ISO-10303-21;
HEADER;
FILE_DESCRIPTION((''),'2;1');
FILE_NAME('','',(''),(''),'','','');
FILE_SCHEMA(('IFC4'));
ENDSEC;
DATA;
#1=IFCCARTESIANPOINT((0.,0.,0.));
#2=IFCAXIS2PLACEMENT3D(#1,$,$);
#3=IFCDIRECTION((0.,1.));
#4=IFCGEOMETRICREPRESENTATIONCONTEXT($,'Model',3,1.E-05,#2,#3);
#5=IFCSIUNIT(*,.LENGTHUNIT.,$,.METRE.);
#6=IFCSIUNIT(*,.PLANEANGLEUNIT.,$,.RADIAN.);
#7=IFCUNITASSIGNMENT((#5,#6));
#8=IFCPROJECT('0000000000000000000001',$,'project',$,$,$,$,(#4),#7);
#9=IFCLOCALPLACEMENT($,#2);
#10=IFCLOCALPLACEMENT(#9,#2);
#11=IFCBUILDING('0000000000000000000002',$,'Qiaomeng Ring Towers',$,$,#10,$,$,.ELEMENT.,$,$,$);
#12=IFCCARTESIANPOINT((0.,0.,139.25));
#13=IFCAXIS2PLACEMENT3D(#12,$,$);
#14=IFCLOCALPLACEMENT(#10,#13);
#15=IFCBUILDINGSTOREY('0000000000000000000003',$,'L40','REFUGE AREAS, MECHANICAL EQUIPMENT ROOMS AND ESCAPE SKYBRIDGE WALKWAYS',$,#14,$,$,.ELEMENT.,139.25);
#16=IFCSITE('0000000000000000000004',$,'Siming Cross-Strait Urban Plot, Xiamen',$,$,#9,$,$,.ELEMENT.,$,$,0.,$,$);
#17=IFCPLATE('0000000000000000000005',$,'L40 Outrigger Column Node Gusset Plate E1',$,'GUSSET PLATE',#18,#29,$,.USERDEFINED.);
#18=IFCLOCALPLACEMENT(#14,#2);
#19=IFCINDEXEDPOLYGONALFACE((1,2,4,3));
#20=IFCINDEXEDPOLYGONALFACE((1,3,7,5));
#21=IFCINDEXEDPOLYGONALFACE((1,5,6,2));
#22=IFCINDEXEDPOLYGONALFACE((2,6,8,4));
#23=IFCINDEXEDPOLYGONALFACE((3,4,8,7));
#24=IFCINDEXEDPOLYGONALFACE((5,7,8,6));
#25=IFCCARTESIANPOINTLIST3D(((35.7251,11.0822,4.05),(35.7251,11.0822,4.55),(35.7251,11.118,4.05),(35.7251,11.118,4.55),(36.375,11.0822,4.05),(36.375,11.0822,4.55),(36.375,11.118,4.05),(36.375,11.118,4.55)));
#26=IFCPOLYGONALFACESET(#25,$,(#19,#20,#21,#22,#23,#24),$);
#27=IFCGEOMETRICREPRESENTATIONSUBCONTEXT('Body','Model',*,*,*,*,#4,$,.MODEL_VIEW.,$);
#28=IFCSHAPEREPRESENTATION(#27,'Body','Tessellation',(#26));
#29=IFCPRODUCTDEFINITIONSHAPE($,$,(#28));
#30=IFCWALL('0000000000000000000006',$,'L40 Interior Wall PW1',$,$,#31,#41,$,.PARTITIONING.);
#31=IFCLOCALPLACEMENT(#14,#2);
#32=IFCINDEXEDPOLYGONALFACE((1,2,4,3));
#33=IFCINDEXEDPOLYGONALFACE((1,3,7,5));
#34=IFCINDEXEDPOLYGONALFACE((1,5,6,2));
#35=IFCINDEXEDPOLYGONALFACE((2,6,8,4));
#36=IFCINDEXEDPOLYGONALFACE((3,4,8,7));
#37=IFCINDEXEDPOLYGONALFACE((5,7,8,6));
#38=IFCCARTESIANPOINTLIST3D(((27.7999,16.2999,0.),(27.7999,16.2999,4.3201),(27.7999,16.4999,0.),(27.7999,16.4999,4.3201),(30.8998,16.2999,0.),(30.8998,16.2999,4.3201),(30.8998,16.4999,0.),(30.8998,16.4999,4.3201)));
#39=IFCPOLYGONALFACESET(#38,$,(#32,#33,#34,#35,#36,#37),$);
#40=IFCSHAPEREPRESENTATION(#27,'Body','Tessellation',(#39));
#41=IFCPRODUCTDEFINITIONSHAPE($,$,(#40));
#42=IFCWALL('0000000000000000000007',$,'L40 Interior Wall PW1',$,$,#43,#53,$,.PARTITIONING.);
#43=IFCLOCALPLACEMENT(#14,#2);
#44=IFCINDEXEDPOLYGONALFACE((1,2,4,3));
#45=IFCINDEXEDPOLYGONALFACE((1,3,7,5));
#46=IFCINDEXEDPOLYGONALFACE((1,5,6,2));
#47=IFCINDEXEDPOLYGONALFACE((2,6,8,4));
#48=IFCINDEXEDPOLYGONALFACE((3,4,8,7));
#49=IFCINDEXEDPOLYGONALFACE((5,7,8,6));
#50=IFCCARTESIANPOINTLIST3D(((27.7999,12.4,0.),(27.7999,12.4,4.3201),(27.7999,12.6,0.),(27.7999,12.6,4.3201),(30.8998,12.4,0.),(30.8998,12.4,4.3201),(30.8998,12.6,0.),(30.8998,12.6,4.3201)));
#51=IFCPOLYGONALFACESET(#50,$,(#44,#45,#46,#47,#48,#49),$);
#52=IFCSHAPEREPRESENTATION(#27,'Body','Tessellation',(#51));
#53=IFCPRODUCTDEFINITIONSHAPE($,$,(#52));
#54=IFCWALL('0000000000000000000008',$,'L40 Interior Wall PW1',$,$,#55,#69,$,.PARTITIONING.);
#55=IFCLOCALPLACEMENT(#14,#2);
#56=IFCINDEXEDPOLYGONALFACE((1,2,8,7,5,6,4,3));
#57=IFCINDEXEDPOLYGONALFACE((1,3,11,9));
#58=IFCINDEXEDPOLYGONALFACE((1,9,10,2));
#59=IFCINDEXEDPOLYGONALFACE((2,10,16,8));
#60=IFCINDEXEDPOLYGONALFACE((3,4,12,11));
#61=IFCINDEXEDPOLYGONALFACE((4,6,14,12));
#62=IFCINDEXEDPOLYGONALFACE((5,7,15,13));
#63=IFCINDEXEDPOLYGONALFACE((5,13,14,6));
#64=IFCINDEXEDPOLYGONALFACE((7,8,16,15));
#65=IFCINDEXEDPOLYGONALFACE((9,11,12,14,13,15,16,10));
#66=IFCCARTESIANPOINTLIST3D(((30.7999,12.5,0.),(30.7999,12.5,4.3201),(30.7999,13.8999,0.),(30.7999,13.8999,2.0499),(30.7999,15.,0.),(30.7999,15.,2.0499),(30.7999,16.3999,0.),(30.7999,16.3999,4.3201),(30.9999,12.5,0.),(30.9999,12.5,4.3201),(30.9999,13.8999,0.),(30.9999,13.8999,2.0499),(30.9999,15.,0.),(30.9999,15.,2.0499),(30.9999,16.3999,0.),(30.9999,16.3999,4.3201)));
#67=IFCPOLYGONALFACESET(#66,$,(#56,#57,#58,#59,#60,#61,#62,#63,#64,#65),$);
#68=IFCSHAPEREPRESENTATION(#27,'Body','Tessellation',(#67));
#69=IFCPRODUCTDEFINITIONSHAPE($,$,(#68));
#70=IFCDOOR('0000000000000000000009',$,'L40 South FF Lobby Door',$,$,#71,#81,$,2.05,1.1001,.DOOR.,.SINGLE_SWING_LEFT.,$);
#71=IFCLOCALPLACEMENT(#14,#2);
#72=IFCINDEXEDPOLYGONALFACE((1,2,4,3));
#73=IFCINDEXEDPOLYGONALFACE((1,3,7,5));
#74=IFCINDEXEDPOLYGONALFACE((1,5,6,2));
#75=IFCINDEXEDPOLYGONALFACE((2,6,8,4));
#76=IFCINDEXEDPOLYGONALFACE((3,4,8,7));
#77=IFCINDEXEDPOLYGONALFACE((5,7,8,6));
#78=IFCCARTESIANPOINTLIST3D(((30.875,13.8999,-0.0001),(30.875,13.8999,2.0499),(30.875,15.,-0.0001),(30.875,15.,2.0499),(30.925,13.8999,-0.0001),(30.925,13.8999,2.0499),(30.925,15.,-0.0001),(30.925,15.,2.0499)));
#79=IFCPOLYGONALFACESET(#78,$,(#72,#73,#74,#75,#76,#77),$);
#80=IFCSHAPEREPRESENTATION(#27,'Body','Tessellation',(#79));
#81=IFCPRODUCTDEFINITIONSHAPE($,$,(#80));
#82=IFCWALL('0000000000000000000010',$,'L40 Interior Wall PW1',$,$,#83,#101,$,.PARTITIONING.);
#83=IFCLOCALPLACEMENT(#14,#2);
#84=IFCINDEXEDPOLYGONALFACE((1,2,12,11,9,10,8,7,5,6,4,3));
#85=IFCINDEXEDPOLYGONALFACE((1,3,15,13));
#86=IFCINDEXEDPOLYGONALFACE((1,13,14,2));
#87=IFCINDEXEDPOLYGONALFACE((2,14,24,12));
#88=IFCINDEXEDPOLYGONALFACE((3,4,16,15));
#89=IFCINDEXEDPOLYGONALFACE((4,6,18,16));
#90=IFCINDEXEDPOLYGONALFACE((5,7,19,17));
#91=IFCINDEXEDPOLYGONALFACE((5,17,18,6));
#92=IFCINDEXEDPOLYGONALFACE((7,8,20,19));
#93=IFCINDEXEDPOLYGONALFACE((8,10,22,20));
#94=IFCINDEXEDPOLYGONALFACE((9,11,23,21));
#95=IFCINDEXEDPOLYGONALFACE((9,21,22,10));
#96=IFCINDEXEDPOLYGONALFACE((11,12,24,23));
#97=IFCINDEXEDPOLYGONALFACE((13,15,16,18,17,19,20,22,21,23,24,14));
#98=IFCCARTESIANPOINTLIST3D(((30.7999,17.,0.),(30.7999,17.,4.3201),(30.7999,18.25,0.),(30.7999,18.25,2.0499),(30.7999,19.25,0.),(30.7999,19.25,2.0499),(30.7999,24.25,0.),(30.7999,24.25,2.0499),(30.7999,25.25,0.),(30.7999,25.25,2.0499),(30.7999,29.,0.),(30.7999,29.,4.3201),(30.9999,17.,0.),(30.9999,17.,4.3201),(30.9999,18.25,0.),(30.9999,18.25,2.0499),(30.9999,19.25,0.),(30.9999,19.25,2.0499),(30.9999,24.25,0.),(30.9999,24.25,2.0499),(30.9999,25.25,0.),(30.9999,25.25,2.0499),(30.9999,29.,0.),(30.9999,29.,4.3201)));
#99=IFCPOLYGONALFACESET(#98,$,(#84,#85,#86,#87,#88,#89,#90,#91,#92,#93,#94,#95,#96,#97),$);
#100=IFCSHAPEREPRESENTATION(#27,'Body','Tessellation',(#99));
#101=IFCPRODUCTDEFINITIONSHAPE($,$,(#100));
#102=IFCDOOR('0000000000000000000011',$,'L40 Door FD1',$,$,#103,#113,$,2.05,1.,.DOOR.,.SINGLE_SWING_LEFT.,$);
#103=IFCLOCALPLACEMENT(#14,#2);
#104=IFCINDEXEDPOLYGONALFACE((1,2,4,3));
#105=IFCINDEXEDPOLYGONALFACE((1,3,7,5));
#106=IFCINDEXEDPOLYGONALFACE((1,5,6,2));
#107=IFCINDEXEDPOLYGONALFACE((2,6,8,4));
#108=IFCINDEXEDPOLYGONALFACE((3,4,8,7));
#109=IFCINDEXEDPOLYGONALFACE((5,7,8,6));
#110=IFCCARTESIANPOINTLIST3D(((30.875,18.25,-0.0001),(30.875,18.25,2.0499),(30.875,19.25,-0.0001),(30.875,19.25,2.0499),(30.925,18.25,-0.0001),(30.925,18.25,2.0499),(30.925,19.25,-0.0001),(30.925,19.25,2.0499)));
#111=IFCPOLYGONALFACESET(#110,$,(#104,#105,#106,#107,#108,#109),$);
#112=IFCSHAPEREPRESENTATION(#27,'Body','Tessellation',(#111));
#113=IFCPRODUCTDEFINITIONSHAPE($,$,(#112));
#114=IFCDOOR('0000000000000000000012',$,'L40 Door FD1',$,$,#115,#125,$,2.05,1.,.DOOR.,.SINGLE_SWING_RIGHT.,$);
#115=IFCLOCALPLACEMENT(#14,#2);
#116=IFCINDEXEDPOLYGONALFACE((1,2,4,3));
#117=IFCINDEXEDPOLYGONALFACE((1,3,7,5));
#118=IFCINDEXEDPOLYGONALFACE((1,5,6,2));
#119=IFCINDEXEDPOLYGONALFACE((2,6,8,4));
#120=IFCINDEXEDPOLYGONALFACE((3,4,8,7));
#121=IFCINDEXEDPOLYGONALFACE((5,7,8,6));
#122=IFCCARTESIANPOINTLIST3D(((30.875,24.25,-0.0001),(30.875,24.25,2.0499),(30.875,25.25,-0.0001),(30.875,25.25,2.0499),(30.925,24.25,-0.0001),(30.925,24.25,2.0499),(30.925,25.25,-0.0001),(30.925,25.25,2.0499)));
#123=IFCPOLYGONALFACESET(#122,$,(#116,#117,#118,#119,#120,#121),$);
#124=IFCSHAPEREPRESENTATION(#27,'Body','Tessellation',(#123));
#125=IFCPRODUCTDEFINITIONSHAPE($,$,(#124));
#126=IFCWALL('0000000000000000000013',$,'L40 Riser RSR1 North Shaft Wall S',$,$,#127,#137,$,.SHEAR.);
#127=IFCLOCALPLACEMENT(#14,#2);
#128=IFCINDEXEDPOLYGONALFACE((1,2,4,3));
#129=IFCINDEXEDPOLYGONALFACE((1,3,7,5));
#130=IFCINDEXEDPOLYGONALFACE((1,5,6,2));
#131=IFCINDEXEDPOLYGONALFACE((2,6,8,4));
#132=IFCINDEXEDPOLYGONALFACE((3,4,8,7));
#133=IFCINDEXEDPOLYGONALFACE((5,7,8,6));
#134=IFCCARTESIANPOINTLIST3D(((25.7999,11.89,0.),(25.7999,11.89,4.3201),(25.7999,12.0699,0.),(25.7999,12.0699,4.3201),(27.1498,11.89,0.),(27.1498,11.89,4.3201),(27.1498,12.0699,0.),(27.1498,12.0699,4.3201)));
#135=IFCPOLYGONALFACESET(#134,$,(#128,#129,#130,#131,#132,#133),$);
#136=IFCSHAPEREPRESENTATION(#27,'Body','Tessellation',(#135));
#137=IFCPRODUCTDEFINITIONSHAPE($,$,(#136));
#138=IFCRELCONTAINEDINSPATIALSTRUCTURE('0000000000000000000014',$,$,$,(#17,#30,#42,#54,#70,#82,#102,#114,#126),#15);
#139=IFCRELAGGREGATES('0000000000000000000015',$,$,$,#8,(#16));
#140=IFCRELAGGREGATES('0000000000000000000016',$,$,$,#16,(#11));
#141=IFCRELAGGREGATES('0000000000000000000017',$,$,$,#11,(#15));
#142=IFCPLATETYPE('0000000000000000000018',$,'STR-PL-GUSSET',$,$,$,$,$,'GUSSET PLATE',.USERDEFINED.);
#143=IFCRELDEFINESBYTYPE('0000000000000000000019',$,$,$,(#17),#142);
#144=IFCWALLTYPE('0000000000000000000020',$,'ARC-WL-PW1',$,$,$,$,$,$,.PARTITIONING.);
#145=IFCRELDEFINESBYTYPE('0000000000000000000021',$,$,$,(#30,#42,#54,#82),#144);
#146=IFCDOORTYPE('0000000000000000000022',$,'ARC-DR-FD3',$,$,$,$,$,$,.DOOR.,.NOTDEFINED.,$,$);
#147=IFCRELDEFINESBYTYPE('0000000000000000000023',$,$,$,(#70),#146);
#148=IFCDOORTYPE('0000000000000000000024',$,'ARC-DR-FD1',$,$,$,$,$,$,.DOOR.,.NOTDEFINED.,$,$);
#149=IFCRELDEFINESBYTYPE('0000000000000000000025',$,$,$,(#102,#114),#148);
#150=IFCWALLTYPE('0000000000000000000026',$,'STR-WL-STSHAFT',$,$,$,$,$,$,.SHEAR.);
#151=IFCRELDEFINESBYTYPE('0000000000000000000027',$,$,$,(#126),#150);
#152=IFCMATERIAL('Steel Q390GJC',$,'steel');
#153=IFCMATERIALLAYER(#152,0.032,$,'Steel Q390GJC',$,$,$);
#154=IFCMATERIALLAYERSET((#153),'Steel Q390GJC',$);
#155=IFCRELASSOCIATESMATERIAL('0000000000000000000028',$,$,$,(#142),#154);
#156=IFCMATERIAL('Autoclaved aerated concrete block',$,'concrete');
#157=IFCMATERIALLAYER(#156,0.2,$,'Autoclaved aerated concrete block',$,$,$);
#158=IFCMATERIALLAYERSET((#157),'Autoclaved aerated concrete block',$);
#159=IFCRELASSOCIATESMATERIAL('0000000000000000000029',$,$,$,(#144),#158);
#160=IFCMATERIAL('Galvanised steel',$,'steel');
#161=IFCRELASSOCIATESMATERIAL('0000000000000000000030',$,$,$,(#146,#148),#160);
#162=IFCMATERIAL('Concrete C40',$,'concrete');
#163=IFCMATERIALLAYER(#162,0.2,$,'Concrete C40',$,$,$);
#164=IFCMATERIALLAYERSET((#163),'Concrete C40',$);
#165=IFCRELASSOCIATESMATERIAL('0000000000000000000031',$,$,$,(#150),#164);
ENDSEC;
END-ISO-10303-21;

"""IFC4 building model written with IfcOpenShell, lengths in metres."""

from ifc_helpers import new_model, si_unit, direction, frame, frame_2d, origin, origin_2d, place, context, subcontext, project, spatial, rectangle, extrude, source, transform, mapped, material, layer, layer_set, type_object, element, fill, save


model = new_model("IFC4")

# Units and contexts
model_context = context("Model", 3, precision=1e-05, world=origin(), true_north=direction((0.0, 1.0)))
body_context = subcontext(model_context, "Body", "Model", "MODEL_VIEW")
ifc_project = project(units=[si_unit("LENGTHUNIT", "METRE"), si_unit("PLANEANGLEUNIT", "RADIAN")], contexts=[model_context])

# Site, building, storey
site_placement = place(None, origin())
site = spatial("IfcSite", under=ifc_project, at=site_placement, Name="Siming Cross-Strait Urban Plot, Xiamen", CompositionType="ELEMENT", RefElevation=0.0)
building_placement = place(site_placement, origin())
building = spatial("IfcBuilding", under=site, at=building_placement, Name="Qiaomeng Ring Towers", CompositionType="ELEMENT")
storey_placement = place(building_placement, frame((0.0, 0.0, 139.25)))
storey = spatial("IfcBuildingStorey", under=building, at=storey_placement, Name="L40", Description="REFUGE AREAS, MECHANICAL EQUIPMENT ROOMS AND ESCAPE SKYBRIDGE WALKWAYS", CompositionType="ELEMENT", Elevation=139.25)

# Shared definitions
ifc_material_1 = material(Name="Steel Q390GJC", Category="steel")

# Plate
ifc_layer_1 = layer(ifc_material_1, 0.032, Name="Steel Q390GJC")
ifc_layer_set_1 = layer_set([ifc_layer_1], Name="Steel Q390GJC")
plate_type = type_object("IfcPlateType", Name="STR-PL-GUSSET", ElementType="GUSSET PLATE", PredefinedType="USERDEFINED", material=ifc_layer_set_1)
shared_shape_1 = source(origin(), body_context, "Body", "SweptSolid", [
    extrude(rectangle(XDim=0.6499, YDim=0.0359, at=origin_2d()), origin(), (0.0, 0.0, 1.0), 0.5),
])
plate_placement = place(storey_placement, frame((36.05, 11.1001, 4.05), z_axis=(0.0, 0.0, 1.0), x_axis=(1.0, 0.0, 0.0)))
element("IfcPlate", 1, at=plate_placement, inside=storey, type_object=plate_type, Name="L40 Outrigger Column Node Gusset Plate E1", ObjectType="GUSSET PLATE", PredefinedType="USERDEFINED", context=body_context, shape_type="MappedRepresentation", body=[
    mapped(shared_shape_1, transform((0.0, 0.0, 0.0), x_axis=(1.0, 0.0, 0.0), y_axis=(0.0, 1.0, 0.0), z_axis=(0.0, 0.0, 1.0), scale=1.0)),
])

# Walls
ifc_material_2 = material(Name="Autoclaved aerated concrete block", Category="concrete")
ifc_layer_2 = layer(ifc_material_2, 0.2, Name="Autoclaved aerated concrete block")
ifc_layer_set_2 = layer_set([ifc_layer_2], Name="Autoclaved aerated concrete block")
wall_type_1 = type_object("IfcWallType", Name="ARC-WL-PW1", PredefinedType="PARTITIONING", material=ifc_layer_set_2)
for number, where, z_axis, x_axis, name in (
    (2, (27.8, 16.3999, 0.0), (0.0, 0.0, 1.0), (1.0, 0.0, 0.0), "L40 Interior Wall PW1"),
    (3, (27.8, 12.5, 0.0), (0.0, 0.0, 1.0), (1.0, 0.0, 0.0), "L40 Interior Wall PW1"),
):
    element("IfcWall", number, at=place(storey_placement, frame(where, z_axis=z_axis, x_axis=x_axis)), inside=storey, type_object=wall_type_1, Name=name, PredefinedType="PARTITIONING", context=body_context, shape_type="SweptSolid", body=[
        extrude(rectangle(XDim=3.0999, YDim=0.2, at=frame_2d((1.5498, 0.0))), origin(), (0.0, 0.0, 1.0), 4.3201),
    ])

# Wall, opening, door
wall_1_placement = place(storey_placement, frame((30.8999, 12.5, 0.0), z_axis=(0.0, 0.0, 1.0), x_axis=(0.0, 1.0, 0.0)))
wall_1 = element("IfcWall", 4, at=wall_1_placement, inside=storey, type_object=wall_type_1, Name="L40 Interior Wall PW1", PredefinedType="PARTITIONING", context=body_context, shape_type="SweptSolid", body=[
    extrude(rectangle(XDim=3.8999, YDim=0.2, at=frame_2d((1.95, 0.0))), origin(), (0.0, 0.0, 1.0), 4.3201),
])
opening_1_placement = place(wall_1_placement, frame((1.3999, 0.0, 0.0)))
opening_1 = element("IfcOpeningElement", 5, at=opening_1_placement, cuts=wall_1, PredefinedType="OPENING", context=body_context, shape_type="SweptSolid", body=[
    extrude(rectangle(XDim=1.1001, YDim=2.05, at=frame_2d((0.55, 1.0249))), frame((0.0, 0.1099, 0.0), z_axis=(0.0, -1.0, 0.0), x_axis=(1.0, 0.0, 0.0)), (0.0, 0.0, 1.0), 0.22),
])
ifc_material_3 = material(Name="Galvanised steel", Category="steel")
door_type_1 = type_object("IfcDoorType", Name="ARC-DR-FD3", OperationType="NOTDEFINED", PredefinedType="DOOR", material=ifc_material_3)
shared_shape_2 = source(origin(), body_context, "Body", "SweptSolid", [
    extrude(rectangle(XDim=1.1001, YDim=2.05, at=frame_2d((0.55, 1.0249))), frame((0.0, 0.0249, 0.0), z_axis=(0.0, -1.0, 0.0), x_axis=(1.0, 0.0, 0.0)), (0.0, 0.0, 1.0), 0.05),
])
door_1_placement = place(opening_1_placement, origin())
door_1 = element("IfcDoor", 6, at=door_1_placement, inside=storey, type_object=door_type_1, Name="L40 South FF Lobby Door", OperationType="SINGLE_SWING_LEFT", OverallHeight=2.05, OverallWidth=1.1001, PredefinedType="DOOR", context=body_context, shape_type="MappedRepresentation", body=[
    mapped(shared_shape_2, transform((0.0, 0.0, 0.0), x_axis=(1.0, 0.0, 0.0), y_axis=(0.0, 1.0, 0.0), z_axis=(0.0, 0.0, 1.0), scale=1.0)),
])
fill(opening_1, door_1)

# Wall, openings, doors
wall_2_placement = place(storey_placement, frame((30.8999, 17.0, 0.0), z_axis=(0.0, 0.0, 1.0), x_axis=(0.0, 1.0, 0.0)))
wall_2 = element("IfcWall", 7, at=wall_2_placement, inside=storey, type_object=wall_type_1, Name="L40 Interior Wall PW1", PredefinedType="PARTITIONING", context=body_context, shape_type="SweptSolid", body=[
    extrude(rectangle(XDim=12.0, YDim=0.2, at=frame_2d((6.0, 0.0))), origin(), (0.0, 0.0, 1.0), 4.3201),
])
opening_2_placement = place(wall_2_placement, frame((1.25, 0.0, 0.0)))
opening_2 = element("IfcOpeningElement", 8, at=opening_2_placement, cuts=wall_2, PredefinedType="OPENING", context=body_context, shape_type="SweptSolid", body=[
    extrude(rectangle(XDim=1.0, YDim=2.05, at=frame_2d((0.5, 1.0249))), frame((0.0, 0.1099, 0.0), z_axis=(0.0, -1.0, 0.0), x_axis=(1.0, 0.0, 0.0)), (0.0, 0.0, 1.0), 0.22),
])
opening_3_placement = place(wall_2_placement, frame((7.25, 0.0, 0.0)))
opening_3 = element("IfcOpeningElement", 9, at=opening_3_placement, cuts=wall_2, PredefinedType="OPENING", context=body_context, shape_type="SweptSolid", body=[
    extrude(rectangle(XDim=1.0, YDim=2.05, at=frame_2d((0.5, 1.0249))), frame((0.0, 0.1099, 0.0), z_axis=(0.0, -1.0, 0.0), x_axis=(1.0, 0.0, 0.0)), (0.0, 0.0, 1.0), 0.22),
])
door_type_2 = type_object("IfcDoorType", Name="ARC-DR-FD1", OperationType="NOTDEFINED", PredefinedType="DOOR", material=ifc_material_3)
shared_shape_3 = source(origin(), body_context, "Body", "SweptSolid", [
    extrude(rectangle(XDim=1.0, YDim=2.05, at=frame_2d((0.5, 1.0249))), frame((0.0, 0.0249, 0.0), z_axis=(0.0, -1.0, 0.0), x_axis=(1.0, 0.0, 0.0)), (0.0, 0.0, 1.0), 0.05),
])
door_2_placement = place(opening_2_placement, origin())
door_2 = element("IfcDoor", 10, at=door_2_placement, inside=storey, type_object=door_type_2, Name="L40 Door FD1", OperationType="SINGLE_SWING_LEFT", OverallHeight=2.05, OverallWidth=1.0, PredefinedType="DOOR", context=body_context, shape_type="MappedRepresentation", body=[
    mapped(shared_shape_3, transform((0.0, 0.0, 0.0), x_axis=(1.0, 0.0, 0.0), y_axis=(0.0, 1.0, 0.0), z_axis=(0.0, 0.0, 1.0), scale=1.0)),
])
fill(opening_2, door_2)
door_3_placement = place(opening_3_placement, origin())
door_3 = element("IfcDoor", 11, at=door_3_placement, inside=storey, type_object=door_type_2, Name="L40 Door FD1", OperationType="SINGLE_SWING_RIGHT", OverallHeight=2.05, OverallWidth=1.0, PredefinedType="DOOR", context=body_context, shape_type="MappedRepresentation", body=[
    mapped(shared_shape_3, transform((0.0, 0.0, 0.0), x_axis=(1.0, 0.0, 0.0), y_axis=(0.0, 1.0, 0.0), z_axis=(0.0, 0.0, 1.0), scale=1.0)),
])
fill(opening_3, door_3)

# Wall
ifc_material_4 = material(Name="Concrete C40", Category="concrete")
ifc_layer_3 = layer(ifc_material_4, 0.2, Name="Concrete C40")
ifc_layer_set_3 = layer_set([ifc_layer_3], Name="Concrete C40")
wall_type_2 = type_object("IfcWallType", Name="STR-WL-STSHAFT", PredefinedType="SHEAR", material=ifc_layer_set_3)
wall_3_placement = place(storey_placement, frame((25.8, 11.98, 0.0), z_axis=(0.0, 0.0, 1.0), x_axis=(1.0, 0.0, 0.0)))
element("IfcWall", 12, at=wall_3_placement, inside=storey, type_object=wall_type_2, Name="L40 Riser RSR1 North Shaft Wall S", PredefinedType="SHEAR", context=body_context, shape_type="SweptSolid", body=[
    extrude(rectangle(XDim=1.3499, YDim=0.1799, at=frame_2d((0.6748, 0.0))), origin(), (0.0, 0.0, 1.0), 4.3201),
])

save(model, "model.ifc")
